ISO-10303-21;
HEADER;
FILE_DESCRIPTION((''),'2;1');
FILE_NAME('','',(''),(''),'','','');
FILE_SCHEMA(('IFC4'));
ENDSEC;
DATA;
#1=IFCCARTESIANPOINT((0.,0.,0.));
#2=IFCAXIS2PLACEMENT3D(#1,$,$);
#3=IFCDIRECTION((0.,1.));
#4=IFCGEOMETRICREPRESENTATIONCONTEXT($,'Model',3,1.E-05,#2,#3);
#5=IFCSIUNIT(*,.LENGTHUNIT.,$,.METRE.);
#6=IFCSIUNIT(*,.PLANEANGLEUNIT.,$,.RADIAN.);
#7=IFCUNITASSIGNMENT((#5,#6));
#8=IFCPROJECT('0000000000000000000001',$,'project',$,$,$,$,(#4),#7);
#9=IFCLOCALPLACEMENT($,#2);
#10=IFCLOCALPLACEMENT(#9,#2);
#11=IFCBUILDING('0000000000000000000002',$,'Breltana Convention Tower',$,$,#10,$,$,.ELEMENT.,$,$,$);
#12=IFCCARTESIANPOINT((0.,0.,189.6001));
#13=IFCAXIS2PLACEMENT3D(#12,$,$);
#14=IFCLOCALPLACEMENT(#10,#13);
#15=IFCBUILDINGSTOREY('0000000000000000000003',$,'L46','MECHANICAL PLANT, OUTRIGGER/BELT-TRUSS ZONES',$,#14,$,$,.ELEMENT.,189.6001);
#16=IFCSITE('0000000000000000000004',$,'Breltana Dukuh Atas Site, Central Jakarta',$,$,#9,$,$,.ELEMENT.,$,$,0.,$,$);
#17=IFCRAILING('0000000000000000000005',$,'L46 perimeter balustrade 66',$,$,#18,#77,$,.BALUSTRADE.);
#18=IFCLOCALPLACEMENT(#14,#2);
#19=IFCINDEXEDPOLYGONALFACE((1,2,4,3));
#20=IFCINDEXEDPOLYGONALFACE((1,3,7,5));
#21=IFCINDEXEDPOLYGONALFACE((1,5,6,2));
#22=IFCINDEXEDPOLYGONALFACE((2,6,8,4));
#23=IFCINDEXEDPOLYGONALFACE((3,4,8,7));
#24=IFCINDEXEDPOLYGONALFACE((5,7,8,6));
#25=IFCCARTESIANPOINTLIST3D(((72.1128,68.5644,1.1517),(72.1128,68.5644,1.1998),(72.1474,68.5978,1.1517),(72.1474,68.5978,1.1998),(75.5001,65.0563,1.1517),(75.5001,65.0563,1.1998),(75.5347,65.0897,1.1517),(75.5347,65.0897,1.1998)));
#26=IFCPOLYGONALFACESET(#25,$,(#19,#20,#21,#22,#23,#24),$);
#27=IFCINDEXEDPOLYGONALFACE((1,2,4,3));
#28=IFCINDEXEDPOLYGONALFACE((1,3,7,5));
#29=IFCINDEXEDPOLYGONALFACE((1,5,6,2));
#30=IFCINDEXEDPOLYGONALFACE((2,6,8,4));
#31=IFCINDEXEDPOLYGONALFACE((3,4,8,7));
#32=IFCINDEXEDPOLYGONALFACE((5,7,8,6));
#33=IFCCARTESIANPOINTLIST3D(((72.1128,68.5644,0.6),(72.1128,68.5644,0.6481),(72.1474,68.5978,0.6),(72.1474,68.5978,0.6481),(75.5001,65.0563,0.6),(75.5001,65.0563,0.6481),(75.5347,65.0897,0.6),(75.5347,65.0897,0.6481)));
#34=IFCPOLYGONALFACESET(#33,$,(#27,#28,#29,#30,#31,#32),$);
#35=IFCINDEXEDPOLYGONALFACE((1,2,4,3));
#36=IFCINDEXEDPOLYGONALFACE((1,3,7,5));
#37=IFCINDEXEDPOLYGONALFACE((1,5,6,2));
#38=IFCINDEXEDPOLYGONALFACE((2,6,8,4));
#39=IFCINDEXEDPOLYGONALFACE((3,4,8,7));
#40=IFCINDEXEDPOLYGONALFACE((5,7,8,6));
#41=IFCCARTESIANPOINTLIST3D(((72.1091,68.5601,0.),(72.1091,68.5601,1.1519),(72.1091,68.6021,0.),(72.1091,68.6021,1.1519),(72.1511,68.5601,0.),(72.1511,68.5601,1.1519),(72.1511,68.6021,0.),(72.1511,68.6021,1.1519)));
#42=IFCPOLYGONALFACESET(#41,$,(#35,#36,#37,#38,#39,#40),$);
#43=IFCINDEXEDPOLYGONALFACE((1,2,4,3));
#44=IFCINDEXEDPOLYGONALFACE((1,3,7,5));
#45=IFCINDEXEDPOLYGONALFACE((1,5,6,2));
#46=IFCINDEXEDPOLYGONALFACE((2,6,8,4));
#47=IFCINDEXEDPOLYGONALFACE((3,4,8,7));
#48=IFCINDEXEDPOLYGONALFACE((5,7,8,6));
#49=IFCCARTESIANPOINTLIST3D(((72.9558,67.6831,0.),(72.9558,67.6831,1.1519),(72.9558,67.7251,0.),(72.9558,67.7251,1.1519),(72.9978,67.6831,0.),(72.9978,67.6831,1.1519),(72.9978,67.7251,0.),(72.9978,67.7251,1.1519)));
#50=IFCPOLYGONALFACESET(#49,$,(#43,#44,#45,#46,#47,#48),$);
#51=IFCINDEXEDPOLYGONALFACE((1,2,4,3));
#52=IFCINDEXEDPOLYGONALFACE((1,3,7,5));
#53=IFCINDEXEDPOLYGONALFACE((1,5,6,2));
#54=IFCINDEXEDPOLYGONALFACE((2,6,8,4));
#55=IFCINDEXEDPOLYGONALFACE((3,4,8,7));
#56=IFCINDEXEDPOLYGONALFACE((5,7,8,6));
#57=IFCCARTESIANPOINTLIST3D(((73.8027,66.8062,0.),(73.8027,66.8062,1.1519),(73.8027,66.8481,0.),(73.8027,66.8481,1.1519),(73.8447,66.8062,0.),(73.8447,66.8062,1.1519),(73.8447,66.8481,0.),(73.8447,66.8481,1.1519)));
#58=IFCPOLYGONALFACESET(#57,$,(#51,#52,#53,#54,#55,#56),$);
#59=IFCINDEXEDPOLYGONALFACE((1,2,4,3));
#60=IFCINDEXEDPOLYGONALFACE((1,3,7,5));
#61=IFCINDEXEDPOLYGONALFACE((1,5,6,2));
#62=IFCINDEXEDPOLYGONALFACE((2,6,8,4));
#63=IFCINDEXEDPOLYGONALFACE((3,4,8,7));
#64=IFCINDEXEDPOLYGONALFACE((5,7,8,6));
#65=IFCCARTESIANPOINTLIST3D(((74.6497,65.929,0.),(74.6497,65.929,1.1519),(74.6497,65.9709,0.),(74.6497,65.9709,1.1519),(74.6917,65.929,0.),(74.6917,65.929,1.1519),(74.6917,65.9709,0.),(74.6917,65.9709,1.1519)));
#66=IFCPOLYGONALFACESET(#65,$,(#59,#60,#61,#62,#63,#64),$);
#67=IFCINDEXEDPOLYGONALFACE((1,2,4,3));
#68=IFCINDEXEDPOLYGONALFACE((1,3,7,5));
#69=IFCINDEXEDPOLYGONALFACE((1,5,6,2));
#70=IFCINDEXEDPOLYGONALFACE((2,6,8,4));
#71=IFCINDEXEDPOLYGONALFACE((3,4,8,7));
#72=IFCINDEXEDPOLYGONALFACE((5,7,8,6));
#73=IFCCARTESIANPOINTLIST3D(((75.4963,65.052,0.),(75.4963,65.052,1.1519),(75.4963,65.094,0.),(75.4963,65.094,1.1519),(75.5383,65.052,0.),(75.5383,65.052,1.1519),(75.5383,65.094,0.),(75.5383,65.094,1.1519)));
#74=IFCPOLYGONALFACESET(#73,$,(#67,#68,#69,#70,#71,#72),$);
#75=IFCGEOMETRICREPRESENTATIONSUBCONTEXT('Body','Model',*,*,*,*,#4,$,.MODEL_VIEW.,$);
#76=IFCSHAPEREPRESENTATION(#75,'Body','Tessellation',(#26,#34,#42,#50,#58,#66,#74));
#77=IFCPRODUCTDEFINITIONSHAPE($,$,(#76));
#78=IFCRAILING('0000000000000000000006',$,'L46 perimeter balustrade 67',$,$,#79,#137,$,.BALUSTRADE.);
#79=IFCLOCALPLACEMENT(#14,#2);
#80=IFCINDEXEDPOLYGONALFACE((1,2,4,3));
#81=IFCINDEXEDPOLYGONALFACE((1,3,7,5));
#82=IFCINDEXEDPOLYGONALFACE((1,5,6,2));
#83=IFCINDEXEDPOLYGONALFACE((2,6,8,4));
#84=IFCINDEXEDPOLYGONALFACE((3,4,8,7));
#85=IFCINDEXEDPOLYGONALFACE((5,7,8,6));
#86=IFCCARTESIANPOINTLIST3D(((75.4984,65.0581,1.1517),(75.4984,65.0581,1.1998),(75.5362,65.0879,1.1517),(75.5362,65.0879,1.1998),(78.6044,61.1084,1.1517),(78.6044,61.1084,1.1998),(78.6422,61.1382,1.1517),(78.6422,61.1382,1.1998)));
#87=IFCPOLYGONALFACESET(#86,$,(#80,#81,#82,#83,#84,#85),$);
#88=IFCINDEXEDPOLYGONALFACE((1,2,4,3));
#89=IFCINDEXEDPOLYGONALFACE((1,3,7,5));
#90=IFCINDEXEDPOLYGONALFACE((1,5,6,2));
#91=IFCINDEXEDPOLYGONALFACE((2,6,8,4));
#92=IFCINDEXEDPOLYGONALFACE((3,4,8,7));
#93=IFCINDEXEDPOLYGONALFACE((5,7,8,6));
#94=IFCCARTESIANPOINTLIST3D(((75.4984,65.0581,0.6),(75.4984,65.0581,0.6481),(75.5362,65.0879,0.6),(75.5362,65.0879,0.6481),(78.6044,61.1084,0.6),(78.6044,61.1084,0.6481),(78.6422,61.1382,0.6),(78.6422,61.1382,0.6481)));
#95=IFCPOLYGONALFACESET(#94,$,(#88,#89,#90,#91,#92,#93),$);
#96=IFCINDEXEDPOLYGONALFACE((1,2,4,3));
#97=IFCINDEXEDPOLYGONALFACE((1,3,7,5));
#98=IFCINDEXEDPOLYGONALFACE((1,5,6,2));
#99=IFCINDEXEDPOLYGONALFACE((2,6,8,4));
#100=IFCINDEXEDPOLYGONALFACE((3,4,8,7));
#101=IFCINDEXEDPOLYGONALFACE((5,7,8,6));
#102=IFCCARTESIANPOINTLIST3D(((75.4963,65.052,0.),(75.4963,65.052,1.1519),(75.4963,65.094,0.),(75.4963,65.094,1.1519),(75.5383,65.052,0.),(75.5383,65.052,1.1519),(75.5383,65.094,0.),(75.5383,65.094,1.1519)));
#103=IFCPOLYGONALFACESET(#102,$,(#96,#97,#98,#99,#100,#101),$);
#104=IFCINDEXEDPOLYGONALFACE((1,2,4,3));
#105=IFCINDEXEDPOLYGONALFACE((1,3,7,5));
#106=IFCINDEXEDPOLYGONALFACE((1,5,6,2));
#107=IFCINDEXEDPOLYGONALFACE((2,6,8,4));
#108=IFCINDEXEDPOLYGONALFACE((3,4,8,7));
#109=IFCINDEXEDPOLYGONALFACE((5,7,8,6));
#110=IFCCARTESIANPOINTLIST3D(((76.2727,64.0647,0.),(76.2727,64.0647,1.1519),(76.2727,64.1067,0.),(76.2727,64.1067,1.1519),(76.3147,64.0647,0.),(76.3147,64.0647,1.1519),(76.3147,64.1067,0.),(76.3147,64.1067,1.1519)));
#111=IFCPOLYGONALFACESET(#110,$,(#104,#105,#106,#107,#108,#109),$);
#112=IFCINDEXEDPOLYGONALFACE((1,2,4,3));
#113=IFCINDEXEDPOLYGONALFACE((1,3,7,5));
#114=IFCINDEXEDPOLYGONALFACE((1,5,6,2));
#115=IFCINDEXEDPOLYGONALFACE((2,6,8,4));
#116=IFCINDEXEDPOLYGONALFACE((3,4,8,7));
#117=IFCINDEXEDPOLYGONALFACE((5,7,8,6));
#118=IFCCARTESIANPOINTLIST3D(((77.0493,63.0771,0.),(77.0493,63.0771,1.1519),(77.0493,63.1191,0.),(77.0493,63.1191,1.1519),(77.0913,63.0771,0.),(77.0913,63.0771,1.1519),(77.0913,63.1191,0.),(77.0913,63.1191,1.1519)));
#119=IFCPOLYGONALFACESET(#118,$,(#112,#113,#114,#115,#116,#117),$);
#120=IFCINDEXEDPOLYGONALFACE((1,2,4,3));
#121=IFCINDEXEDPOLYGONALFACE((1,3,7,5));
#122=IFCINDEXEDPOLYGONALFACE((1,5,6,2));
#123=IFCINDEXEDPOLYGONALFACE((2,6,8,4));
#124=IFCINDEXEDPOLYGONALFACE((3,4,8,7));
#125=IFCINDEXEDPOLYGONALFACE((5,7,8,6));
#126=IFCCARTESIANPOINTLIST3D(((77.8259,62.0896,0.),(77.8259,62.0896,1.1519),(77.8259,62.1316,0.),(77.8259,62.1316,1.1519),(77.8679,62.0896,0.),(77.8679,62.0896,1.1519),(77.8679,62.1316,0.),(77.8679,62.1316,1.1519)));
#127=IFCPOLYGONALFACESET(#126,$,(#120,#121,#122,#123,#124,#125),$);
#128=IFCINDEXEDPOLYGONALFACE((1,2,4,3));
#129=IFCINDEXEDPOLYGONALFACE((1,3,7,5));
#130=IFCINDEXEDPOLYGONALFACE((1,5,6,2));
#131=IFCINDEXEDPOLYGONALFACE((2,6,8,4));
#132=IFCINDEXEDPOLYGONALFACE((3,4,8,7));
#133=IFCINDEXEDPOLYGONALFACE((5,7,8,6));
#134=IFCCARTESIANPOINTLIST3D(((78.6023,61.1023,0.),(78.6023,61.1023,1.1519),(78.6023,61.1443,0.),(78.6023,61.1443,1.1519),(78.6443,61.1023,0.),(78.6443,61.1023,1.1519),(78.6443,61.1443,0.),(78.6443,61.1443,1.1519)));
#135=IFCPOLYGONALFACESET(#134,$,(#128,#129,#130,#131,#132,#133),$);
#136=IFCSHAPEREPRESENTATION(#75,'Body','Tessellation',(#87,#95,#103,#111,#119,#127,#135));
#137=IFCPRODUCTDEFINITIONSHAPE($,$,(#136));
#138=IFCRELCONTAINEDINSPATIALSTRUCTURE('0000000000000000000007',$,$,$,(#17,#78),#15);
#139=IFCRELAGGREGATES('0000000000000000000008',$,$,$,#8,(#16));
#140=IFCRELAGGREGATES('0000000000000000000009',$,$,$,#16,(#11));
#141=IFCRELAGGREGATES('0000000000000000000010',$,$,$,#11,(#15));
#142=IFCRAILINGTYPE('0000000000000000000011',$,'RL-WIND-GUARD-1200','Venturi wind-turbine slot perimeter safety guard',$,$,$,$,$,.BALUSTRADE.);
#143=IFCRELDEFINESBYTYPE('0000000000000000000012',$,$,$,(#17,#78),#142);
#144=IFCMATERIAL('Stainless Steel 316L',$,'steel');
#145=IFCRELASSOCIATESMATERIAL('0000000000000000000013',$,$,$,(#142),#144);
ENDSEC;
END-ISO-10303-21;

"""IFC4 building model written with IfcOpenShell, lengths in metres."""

from ifc_helpers import new_model, si_unit, direction, frame, origin, origin_2d, place, context, subcontext, project, spatial, rectangle, extrude, material, type_object, element, save


model = new_model("IFC4")

# Units and contexts
model_context = context("Model", 3, precision=1e-05, world=origin(), true_north=direction((0.0, 1.0)))
body_context = subcontext(model_context, "Body", "Model", "MODEL_VIEW")
ifc_project = project(units=[si_unit("LENGTHUNIT", "METRE"), si_unit("PLANEANGLEUNIT", "RADIAN")], contexts=[model_context])

# Site, building, storey
site_placement = place(None, origin())
site = spatial("IfcSite", under=ifc_project, at=site_placement, Name="Breltana Dukuh Atas Site, Central Jakarta", CompositionType="ELEMENT", RefElevation=0.0)
building_placement = place(site_placement, origin())
building = spatial("IfcBuilding", under=site, at=building_placement, Name="Breltana Convention Tower", CompositionType="ELEMENT")
storey_placement = place(building_placement, frame((0.0, 0.0, 189.6001)))
storey = spatial("IfcBuildingStorey", under=building, at=storey_placement, Name="L46", Description="MECHANICAL PLANT, OUTRIGGER/BELT-TRUSS ZONES", CompositionType="ELEMENT", Elevation=189.6001)

# Railings
ifc_material_1 = material(Name="Stainless Steel 316L", Category="steel")
railing_type = type_object("IfcRailingType", Name="RL-WIND-GUARD-1200", Description="Venturi wind-turbine slot perimeter safety guard", PredefinedType="BALUSTRADE", material=ifc_material_1)
railing_1_placement = place(storey_placement, frame((72.1301, 68.5811, 0.0)))
element("IfcRailing", 1, at=railing_1_placement, inside=storey, type_object=railing_type, Name="L46 perimeter balustrade 66", PredefinedType="BALUSTRADE", context=body_context, shape_type="SweptSolid", body=[
    extrude(rectangle(XDim=0.0481, YDim=0.0481, at=origin_2d()), frame((0.0, 0.0, 1.1758), z_axis=(0.694607, -0.719389, 0.0), x_axis=(0.719389, 0.694607, 0.0)), (0.0, 0.0, 1.0), 4.8765),
    extrude(rectangle(XDim=0.0481, YDim=0.0481, at=origin_2d()), frame((0.0, 0.0, 0.624), z_axis=(0.694607, -0.719389, 0.0), x_axis=(0.719389, 0.694607, 0.0)), (0.0, 0.0, 1.0), 4.8765),
    extrude(rectangle(XDim=0.042, YDim=0.042, at=origin_2d()), origin(), (0.0, 0.0, 1.0), 1.1519),
    extrude(rectangle(XDim=0.042, YDim=0.042, at=origin_2d()), frame((0.8467, -0.877, 0.0)), (0.0, 0.0, 1.0), 1.1519),
    extrude(rectangle(XDim=0.042, YDim=0.042, at=origin_2d()), frame((1.6936, -1.7539, 0.0)), (0.0, 0.0, 1.0), 1.1519),
    extrude(rectangle(XDim=0.042, YDim=0.042, at=origin_2d()), frame((2.5405, -2.6311, 0.0)), (0.0, 0.0, 1.0), 1.1519),
    extrude(rectangle(XDim=0.042, YDim=0.042, at=origin_2d()), frame((3.3872, -3.5081, 0.0)), (0.0, 0.0, 1.0), 1.1519),
])
railing_2_placement = place(storey_placement, frame((75.5173, 65.073, 0.0)))
element("IfcRailing", 2, at=railing_2_placement, inside=storey, type_object=railing_type, Name="L46 perimeter balustrade 67", PredefinedType="BALUSTRADE", context=body_context, shape_type="SweptSolid", body=[
    extrude(rectangle(XDim=0.0481, YDim=0.0481, at=origin_2d()), frame((0.0, 0.0, 1.1758), z_axis=(0.618143, -0.786065, 0.0), x_axis=(0.786065, 0.618143, 0.0)), (0.0, 0.0, 1.0), 5.0247),
    extrude(rectangle(XDim=0.0481, YDim=0.0481, at=origin_2d()), frame((0.0, 0.0, 0.624), z_axis=(0.618143, -0.786065, 0.0), x_axis=(0.786065, 0.618143, 0.0)), (0.0, 0.0, 1.0), 5.0247),
    extrude(rectangle(XDim=0.042, YDim=0.042, at=origin_2d()), origin(), (0.0, 0.0, 1.0), 1.1519),
    extrude(rectangle(XDim=0.042, YDim=0.042, at=origin_2d()), frame((0.7764, -0.9873, 0.0)), (0.0, 0.0, 1.0), 1.1519),
    extrude(rectangle(XDim=0.042, YDim=0.042, at=origin_2d()), frame((1.553, -1.9749, 0.0)), (0.0, 0.0, 1.0), 1.1519),
    extrude(rectangle(XDim=0.042, YDim=0.042, at=origin_2d()), frame((2.3296, -2.9624, 0.0)), (0.0, 0.0, 1.0), 1.1519),
    extrude(rectangle(XDim=0.042, YDim=0.042, at=origin_2d()), frame((3.106, -3.9497, 0.0)), (0.0, 0.0, 1.0), 1.1519),
])

save(model, "model.ifc")
